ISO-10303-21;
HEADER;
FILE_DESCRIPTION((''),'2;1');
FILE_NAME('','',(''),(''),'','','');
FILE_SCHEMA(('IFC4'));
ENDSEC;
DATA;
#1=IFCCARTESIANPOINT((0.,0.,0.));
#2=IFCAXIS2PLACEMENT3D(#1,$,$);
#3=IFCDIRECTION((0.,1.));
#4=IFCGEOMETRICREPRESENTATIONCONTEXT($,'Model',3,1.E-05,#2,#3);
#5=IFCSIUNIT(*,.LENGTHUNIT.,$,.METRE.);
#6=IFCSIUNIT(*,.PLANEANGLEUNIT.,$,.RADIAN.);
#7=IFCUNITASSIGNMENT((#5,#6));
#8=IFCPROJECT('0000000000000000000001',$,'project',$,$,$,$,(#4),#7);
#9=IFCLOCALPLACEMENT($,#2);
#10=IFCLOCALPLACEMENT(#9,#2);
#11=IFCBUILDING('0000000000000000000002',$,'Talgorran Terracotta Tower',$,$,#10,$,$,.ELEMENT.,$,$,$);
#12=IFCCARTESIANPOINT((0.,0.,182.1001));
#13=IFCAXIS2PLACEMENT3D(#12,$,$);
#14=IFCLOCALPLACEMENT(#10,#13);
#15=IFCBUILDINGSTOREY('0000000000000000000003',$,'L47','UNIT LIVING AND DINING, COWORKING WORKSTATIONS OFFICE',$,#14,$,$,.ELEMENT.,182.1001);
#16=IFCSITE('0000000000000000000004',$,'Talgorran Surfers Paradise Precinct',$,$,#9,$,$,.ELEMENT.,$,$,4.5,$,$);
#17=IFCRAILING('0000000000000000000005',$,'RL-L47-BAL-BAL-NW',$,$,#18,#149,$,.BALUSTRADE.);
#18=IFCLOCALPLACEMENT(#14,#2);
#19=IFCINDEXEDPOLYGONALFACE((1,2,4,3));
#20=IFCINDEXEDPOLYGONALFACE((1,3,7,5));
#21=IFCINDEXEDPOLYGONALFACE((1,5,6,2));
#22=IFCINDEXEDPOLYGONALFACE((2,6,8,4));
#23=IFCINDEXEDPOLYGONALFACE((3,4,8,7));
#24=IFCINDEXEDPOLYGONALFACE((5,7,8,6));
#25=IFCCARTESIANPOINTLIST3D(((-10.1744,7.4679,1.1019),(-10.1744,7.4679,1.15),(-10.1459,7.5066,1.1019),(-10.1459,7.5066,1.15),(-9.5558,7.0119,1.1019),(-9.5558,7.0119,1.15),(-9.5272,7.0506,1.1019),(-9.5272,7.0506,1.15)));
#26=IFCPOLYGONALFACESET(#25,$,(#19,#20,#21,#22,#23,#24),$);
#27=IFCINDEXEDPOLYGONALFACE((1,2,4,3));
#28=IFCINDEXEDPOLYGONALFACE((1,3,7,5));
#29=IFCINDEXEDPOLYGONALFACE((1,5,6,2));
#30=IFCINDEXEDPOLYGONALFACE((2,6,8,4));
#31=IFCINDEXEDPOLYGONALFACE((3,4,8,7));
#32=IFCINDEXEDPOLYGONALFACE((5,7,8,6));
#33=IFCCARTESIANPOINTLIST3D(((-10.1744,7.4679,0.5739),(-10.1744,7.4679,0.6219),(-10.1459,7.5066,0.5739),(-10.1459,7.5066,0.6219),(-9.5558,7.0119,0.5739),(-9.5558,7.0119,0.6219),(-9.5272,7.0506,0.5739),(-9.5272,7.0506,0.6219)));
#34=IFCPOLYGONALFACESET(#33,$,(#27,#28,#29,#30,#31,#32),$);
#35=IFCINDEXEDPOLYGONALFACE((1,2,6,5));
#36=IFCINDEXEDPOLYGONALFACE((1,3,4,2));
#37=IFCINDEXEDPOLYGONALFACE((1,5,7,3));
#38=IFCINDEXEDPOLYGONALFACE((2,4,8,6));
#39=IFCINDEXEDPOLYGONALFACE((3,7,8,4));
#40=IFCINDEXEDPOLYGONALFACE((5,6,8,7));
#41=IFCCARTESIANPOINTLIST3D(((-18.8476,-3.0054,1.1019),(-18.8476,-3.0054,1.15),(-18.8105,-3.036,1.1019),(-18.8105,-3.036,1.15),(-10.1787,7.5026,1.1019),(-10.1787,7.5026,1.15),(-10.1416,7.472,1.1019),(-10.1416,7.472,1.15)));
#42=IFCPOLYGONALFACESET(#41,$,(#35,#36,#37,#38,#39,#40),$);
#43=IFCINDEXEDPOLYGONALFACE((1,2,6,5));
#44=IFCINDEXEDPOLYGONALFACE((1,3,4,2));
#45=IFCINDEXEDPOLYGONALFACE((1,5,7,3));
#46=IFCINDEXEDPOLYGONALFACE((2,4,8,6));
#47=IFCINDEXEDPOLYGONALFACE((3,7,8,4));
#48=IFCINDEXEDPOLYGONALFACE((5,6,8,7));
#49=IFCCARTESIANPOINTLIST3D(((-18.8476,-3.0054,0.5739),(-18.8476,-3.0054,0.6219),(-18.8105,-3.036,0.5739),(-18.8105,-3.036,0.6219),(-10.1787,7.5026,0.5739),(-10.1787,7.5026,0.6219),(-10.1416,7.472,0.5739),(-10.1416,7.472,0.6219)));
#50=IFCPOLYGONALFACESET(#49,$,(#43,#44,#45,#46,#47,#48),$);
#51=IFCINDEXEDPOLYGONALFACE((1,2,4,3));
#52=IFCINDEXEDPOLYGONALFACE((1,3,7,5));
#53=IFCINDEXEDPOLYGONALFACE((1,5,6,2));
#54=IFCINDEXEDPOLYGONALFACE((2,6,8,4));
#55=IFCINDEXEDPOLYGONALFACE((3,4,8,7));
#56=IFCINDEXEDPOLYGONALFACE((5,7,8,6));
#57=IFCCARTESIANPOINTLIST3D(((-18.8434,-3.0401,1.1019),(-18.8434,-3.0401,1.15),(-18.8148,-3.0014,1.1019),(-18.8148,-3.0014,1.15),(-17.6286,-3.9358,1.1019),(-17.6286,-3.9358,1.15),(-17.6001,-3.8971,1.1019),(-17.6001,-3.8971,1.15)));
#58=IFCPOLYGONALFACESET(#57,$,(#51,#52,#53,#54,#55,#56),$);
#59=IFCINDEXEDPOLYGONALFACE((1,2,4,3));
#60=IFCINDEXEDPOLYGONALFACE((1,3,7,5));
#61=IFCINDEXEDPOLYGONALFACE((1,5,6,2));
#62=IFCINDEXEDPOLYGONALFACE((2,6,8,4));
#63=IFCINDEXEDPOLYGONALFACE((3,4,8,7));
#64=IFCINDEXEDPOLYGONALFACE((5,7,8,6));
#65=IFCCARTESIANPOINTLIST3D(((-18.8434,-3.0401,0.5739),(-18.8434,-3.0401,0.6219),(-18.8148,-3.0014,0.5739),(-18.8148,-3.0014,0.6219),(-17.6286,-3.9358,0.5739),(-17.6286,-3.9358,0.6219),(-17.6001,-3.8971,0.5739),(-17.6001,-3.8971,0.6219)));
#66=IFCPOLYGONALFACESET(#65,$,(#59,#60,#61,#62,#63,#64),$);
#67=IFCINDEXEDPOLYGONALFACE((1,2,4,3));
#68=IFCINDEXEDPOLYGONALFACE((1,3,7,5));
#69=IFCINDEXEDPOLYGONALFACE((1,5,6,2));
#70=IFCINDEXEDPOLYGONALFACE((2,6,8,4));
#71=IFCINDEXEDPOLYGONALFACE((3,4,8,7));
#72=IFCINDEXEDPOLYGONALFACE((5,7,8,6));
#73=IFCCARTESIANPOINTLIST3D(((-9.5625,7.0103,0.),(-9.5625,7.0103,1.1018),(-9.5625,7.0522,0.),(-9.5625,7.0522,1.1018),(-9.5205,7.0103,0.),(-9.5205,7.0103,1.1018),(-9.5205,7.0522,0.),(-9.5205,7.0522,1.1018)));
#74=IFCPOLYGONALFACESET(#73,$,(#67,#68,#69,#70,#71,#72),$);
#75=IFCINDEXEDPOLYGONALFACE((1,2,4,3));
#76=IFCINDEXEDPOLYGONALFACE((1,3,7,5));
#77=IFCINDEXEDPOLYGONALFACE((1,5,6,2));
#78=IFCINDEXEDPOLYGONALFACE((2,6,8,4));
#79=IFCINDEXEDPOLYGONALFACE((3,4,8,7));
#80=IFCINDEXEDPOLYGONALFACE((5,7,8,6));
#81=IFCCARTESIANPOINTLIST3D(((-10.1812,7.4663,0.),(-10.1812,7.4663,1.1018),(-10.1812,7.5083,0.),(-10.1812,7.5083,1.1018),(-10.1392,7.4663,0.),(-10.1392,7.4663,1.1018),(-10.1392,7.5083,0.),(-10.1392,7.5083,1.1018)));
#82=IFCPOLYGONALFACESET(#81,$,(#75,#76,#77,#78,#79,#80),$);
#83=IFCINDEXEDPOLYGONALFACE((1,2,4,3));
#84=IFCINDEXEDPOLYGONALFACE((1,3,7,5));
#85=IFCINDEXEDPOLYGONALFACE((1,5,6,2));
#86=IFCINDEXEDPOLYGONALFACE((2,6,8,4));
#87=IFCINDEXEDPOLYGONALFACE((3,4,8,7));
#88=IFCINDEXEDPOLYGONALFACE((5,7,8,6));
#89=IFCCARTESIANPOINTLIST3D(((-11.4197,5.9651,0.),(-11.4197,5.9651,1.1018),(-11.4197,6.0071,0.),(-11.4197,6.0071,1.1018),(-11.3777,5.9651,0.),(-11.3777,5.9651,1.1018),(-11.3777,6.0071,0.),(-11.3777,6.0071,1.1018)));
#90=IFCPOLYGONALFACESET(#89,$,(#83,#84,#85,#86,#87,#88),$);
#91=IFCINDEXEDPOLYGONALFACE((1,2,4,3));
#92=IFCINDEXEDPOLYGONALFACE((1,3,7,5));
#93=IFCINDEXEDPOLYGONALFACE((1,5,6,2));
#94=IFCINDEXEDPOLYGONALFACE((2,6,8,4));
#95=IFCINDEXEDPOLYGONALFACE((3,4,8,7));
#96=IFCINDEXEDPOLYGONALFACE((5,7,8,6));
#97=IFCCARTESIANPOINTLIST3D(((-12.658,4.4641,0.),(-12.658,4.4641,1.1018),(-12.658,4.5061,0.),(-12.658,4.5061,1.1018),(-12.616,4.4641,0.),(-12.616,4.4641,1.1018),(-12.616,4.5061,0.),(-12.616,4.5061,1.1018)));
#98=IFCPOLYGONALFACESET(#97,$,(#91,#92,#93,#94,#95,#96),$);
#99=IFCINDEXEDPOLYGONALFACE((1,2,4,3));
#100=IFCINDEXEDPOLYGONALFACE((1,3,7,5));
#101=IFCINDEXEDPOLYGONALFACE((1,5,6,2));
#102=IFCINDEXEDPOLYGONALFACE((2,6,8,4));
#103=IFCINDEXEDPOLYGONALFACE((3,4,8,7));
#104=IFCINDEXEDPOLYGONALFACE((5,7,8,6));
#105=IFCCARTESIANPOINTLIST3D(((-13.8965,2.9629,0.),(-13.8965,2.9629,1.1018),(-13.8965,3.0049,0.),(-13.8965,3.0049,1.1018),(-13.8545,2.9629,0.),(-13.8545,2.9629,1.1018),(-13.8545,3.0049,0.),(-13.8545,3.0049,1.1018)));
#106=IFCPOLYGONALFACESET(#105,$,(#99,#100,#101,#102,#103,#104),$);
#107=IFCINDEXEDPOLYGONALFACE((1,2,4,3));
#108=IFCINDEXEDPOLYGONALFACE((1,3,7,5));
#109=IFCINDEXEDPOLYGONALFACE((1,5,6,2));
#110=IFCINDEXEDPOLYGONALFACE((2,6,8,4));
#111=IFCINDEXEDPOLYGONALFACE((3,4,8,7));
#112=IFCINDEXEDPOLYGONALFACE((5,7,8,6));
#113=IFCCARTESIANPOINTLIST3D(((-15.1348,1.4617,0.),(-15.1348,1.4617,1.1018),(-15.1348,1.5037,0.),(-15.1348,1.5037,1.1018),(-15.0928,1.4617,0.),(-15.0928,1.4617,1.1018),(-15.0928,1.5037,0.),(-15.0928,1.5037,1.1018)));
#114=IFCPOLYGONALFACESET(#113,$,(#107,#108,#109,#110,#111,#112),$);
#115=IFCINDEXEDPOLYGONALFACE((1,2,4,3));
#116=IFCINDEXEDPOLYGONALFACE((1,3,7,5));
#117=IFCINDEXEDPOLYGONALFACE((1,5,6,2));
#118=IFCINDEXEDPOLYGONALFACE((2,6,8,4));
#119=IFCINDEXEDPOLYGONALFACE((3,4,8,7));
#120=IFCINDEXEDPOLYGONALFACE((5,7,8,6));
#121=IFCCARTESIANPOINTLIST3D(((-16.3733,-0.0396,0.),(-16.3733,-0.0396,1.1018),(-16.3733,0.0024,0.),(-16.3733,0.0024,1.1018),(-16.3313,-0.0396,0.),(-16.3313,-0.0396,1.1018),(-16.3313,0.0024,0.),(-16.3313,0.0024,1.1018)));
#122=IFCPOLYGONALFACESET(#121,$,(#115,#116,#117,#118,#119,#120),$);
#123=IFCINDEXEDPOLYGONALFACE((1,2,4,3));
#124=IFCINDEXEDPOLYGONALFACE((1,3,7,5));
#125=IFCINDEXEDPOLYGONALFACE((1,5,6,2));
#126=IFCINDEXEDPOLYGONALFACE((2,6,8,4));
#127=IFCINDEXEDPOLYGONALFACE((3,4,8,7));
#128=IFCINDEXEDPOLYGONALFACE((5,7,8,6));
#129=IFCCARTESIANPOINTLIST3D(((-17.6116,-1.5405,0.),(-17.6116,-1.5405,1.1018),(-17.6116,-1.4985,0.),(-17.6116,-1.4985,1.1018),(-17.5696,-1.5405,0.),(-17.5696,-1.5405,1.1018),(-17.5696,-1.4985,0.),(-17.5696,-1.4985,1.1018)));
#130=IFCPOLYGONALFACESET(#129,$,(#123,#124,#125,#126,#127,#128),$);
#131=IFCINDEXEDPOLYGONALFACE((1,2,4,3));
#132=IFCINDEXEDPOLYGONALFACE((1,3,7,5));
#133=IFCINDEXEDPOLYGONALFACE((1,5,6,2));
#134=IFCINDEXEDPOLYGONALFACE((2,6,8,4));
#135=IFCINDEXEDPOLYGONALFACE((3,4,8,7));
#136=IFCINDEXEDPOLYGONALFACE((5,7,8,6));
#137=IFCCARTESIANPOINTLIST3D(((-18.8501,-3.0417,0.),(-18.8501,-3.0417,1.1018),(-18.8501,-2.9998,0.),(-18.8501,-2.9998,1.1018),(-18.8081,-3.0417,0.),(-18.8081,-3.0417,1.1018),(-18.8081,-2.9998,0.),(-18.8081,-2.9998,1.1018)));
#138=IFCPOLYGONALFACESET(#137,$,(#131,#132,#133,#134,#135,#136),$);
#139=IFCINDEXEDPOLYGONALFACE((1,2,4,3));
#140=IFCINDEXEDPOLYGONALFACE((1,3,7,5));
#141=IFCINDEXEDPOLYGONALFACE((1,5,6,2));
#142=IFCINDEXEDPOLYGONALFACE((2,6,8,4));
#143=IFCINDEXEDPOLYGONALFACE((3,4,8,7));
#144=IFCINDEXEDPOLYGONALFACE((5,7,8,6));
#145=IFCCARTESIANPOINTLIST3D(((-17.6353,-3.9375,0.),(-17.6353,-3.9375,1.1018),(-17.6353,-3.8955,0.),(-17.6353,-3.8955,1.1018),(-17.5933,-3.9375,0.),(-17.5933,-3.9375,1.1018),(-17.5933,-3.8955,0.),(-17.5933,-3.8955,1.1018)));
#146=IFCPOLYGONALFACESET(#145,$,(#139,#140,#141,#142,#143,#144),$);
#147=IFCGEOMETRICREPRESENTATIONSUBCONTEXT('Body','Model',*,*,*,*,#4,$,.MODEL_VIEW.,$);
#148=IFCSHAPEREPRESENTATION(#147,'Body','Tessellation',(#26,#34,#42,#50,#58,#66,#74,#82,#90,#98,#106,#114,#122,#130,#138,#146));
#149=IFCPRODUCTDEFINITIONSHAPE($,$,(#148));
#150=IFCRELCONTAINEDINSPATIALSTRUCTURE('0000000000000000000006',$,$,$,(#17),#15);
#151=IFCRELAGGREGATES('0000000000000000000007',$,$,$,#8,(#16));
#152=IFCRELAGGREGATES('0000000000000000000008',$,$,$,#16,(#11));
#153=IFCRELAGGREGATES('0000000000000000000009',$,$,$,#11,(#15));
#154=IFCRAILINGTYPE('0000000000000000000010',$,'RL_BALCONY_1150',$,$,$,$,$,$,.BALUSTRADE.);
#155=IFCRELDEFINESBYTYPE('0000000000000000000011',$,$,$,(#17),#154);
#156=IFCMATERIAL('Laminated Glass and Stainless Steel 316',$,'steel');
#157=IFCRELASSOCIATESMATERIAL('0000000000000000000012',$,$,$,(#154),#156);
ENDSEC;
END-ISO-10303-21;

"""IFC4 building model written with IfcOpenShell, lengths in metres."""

from ifc_helpers import new_model, si_unit, direction, frame, origin, origin_2d, place, context, subcontext, project, spatial, rectangle, extrude, material, type_object, element, save


model = new_model("IFC4")

# Units and contexts
model_context = context("Model", 3, precision=1e-05, world=origin(), true_north=direction((0.0, 1.0)))
body_context = subcontext(model_context, "Body", "Model", "MODEL_VIEW")
ifc_project = project(units=[si_unit("LENGTHUNIT", "METRE"), si_unit("PLANEANGLEUNIT", "RADIAN")], contexts=[model_context])

# Site, building, storey
site_placement = place(None, origin())
site = spatial("IfcSite", under=ifc_project, at=site_placement, Name="Talgorran Surfers Paradise Precinct", CompositionType="ELEMENT", RefElevation=4.5)
building_placement = place(site_placement, origin())
building = spatial("IfcBuilding", under=site, at=building_placement, Name="Talgorran Terracotta Tower", CompositionType="ELEMENT")
storey_placement = place(building_placement, frame((0.0, 0.0, 182.1001)))
storey = spatial("IfcBuildingStorey", under=building, at=storey_placement, Name="L47", Description="UNIT LIVING AND DINING, COWORKING WORKSTATIONS OFFICE", CompositionType="ELEMENT", Elevation=182.1001)

# Railing
ifc_material_1 = material(Name="Laminated Glass and Stainless Steel 316", Category="steel")
railing_type = type_object("IfcRailingType", Name="RL_BALCONY_1150", PredefinedType="BALUSTRADE", material=ifc_material_1)
railing_placement = place(storey_placement, frame((-9.5415, 7.0312, 0.0)))
element("IfcRailing", 1, at=railing_placement, inside=storey, type_object=railing_type, Name="RL-L47-BAL-BAL-NW", PredefinedType="BALUSTRADE", context=body_context, shape_type="SweptSolid", body=[
    extrude(rectangle(XDim=0.0481, YDim=0.0481, at=origin_2d()), frame((0.0, 0.0, 1.126), z_axis=(-0.804928, 0.593372, 0.0), x_axis=(-0.593372, -0.804928, 0.0)), (0.0, 0.0, 1.0), 0.7686),
    extrude(rectangle(XDim=0.0481, YDim=0.0481, at=origin_2d()), frame((0.0, 0.0, 0.5979), z_axis=(-0.804928, 0.593372, 0.0), x_axis=(-0.593372, -0.804928, 0.0)), (0.0, 0.0, 1.0), 0.7686),
    extrude(rectangle(XDim=0.0481, YDim=0.0481, at=origin_2d()), frame((-0.6187, 0.4561, 1.126), z_axis=(-0.636374, -0.771381, 0.0), x_axis=(0.771381, -0.636374, 0.0)), (0.0, 0.0, 1.0), 13.6223),
    extrude(rectangle(XDim=0.0481, YDim=0.0481, at=origin_2d()), frame((-0.6187, 0.4561, 0.5979), z_axis=(-0.636374, -0.771381, 0.0), x_axis=(0.771381, -0.636374, 0.0)), (0.0, 0.0, 1.0), 13.6223),
    extrude(rectangle(XDim=0.0481, YDim=0.0481, at=origin_2d()), frame((-9.2876, -10.052, 1.126), z_axis=(0.804865, -0.593458, 0.0), x_axis=(0.593458, 0.804865, 0.0)), (0.0, 0.0, 1.0), 1.5093),
    extrude(rectangle(XDim=0.0481, YDim=0.0481, at=origin_2d()), frame((-9.2876, -10.052, 0.5979), z_axis=(0.804865, -0.593458, 0.0), x_axis=(0.593458, 0.804865, 0.0)), (0.0, 0.0, 1.0), 1.5093),
    extrude(rectangle(XDim=0.042, YDim=0.042, at=origin_2d()), origin(), (0.0, 0.0, 1.0), 1.1018),
    extrude(rectangle(XDim=0.042, YDim=0.042, at=origin_2d()), frame((-0.6187, 0.4561, 0.0)), (0.0, 0.0, 1.0), 1.1018),
    extrude(rectangle(XDim=0.042, YDim=0.042, at=origin_2d()), frame((-1.8572, -1.0452, 0.0)), (0.0, 0.0, 1.0), 1.1018),
    extrude(rectangle(XDim=0.042, YDim=0.042, at=origin_2d()), frame((-3.0955, -2.5461, 0.0)), (0.0, 0.0, 1.0), 1.1018),
    extrude(rectangle(XDim=0.042, YDim=0.042, at=origin_2d()), frame((-4.334, -4.0474, 0.0)), (0.0, 0.0, 1.0), 1.1018),
    extrude(rectangle(XDim=0.042, YDim=0.042, at=origin_2d()), frame((-5.5723, -5.5486, 0.0)), (0.0, 0.0, 1.0), 1.1018),
    extrude(rectangle(XDim=0.042, YDim=0.042, at=origin_2d()), frame((-6.8108, -7.0498, 0.0)), (0.0, 0.0, 1.0), 1.1018),
    extrude(rectangle(XDim=0.042, YDim=0.042, at=origin_2d()), frame((-8.0491, -8.5508, 0.0)), (0.0, 0.0, 1.0), 1.1018),
    extrude(rectangle(XDim=0.042, YDim=0.042, at=origin_2d()), frame((-9.2876, -10.052, 0.0)), (0.0, 0.0, 1.0), 1.1018),
    extrude(rectangle(XDim=0.042, YDim=0.042, at=origin_2d()), frame((-8.0728, -10.9478, 0.0)), (0.0, 0.0, 1.0), 1.1018),
])

save(model, "model.ifc")
